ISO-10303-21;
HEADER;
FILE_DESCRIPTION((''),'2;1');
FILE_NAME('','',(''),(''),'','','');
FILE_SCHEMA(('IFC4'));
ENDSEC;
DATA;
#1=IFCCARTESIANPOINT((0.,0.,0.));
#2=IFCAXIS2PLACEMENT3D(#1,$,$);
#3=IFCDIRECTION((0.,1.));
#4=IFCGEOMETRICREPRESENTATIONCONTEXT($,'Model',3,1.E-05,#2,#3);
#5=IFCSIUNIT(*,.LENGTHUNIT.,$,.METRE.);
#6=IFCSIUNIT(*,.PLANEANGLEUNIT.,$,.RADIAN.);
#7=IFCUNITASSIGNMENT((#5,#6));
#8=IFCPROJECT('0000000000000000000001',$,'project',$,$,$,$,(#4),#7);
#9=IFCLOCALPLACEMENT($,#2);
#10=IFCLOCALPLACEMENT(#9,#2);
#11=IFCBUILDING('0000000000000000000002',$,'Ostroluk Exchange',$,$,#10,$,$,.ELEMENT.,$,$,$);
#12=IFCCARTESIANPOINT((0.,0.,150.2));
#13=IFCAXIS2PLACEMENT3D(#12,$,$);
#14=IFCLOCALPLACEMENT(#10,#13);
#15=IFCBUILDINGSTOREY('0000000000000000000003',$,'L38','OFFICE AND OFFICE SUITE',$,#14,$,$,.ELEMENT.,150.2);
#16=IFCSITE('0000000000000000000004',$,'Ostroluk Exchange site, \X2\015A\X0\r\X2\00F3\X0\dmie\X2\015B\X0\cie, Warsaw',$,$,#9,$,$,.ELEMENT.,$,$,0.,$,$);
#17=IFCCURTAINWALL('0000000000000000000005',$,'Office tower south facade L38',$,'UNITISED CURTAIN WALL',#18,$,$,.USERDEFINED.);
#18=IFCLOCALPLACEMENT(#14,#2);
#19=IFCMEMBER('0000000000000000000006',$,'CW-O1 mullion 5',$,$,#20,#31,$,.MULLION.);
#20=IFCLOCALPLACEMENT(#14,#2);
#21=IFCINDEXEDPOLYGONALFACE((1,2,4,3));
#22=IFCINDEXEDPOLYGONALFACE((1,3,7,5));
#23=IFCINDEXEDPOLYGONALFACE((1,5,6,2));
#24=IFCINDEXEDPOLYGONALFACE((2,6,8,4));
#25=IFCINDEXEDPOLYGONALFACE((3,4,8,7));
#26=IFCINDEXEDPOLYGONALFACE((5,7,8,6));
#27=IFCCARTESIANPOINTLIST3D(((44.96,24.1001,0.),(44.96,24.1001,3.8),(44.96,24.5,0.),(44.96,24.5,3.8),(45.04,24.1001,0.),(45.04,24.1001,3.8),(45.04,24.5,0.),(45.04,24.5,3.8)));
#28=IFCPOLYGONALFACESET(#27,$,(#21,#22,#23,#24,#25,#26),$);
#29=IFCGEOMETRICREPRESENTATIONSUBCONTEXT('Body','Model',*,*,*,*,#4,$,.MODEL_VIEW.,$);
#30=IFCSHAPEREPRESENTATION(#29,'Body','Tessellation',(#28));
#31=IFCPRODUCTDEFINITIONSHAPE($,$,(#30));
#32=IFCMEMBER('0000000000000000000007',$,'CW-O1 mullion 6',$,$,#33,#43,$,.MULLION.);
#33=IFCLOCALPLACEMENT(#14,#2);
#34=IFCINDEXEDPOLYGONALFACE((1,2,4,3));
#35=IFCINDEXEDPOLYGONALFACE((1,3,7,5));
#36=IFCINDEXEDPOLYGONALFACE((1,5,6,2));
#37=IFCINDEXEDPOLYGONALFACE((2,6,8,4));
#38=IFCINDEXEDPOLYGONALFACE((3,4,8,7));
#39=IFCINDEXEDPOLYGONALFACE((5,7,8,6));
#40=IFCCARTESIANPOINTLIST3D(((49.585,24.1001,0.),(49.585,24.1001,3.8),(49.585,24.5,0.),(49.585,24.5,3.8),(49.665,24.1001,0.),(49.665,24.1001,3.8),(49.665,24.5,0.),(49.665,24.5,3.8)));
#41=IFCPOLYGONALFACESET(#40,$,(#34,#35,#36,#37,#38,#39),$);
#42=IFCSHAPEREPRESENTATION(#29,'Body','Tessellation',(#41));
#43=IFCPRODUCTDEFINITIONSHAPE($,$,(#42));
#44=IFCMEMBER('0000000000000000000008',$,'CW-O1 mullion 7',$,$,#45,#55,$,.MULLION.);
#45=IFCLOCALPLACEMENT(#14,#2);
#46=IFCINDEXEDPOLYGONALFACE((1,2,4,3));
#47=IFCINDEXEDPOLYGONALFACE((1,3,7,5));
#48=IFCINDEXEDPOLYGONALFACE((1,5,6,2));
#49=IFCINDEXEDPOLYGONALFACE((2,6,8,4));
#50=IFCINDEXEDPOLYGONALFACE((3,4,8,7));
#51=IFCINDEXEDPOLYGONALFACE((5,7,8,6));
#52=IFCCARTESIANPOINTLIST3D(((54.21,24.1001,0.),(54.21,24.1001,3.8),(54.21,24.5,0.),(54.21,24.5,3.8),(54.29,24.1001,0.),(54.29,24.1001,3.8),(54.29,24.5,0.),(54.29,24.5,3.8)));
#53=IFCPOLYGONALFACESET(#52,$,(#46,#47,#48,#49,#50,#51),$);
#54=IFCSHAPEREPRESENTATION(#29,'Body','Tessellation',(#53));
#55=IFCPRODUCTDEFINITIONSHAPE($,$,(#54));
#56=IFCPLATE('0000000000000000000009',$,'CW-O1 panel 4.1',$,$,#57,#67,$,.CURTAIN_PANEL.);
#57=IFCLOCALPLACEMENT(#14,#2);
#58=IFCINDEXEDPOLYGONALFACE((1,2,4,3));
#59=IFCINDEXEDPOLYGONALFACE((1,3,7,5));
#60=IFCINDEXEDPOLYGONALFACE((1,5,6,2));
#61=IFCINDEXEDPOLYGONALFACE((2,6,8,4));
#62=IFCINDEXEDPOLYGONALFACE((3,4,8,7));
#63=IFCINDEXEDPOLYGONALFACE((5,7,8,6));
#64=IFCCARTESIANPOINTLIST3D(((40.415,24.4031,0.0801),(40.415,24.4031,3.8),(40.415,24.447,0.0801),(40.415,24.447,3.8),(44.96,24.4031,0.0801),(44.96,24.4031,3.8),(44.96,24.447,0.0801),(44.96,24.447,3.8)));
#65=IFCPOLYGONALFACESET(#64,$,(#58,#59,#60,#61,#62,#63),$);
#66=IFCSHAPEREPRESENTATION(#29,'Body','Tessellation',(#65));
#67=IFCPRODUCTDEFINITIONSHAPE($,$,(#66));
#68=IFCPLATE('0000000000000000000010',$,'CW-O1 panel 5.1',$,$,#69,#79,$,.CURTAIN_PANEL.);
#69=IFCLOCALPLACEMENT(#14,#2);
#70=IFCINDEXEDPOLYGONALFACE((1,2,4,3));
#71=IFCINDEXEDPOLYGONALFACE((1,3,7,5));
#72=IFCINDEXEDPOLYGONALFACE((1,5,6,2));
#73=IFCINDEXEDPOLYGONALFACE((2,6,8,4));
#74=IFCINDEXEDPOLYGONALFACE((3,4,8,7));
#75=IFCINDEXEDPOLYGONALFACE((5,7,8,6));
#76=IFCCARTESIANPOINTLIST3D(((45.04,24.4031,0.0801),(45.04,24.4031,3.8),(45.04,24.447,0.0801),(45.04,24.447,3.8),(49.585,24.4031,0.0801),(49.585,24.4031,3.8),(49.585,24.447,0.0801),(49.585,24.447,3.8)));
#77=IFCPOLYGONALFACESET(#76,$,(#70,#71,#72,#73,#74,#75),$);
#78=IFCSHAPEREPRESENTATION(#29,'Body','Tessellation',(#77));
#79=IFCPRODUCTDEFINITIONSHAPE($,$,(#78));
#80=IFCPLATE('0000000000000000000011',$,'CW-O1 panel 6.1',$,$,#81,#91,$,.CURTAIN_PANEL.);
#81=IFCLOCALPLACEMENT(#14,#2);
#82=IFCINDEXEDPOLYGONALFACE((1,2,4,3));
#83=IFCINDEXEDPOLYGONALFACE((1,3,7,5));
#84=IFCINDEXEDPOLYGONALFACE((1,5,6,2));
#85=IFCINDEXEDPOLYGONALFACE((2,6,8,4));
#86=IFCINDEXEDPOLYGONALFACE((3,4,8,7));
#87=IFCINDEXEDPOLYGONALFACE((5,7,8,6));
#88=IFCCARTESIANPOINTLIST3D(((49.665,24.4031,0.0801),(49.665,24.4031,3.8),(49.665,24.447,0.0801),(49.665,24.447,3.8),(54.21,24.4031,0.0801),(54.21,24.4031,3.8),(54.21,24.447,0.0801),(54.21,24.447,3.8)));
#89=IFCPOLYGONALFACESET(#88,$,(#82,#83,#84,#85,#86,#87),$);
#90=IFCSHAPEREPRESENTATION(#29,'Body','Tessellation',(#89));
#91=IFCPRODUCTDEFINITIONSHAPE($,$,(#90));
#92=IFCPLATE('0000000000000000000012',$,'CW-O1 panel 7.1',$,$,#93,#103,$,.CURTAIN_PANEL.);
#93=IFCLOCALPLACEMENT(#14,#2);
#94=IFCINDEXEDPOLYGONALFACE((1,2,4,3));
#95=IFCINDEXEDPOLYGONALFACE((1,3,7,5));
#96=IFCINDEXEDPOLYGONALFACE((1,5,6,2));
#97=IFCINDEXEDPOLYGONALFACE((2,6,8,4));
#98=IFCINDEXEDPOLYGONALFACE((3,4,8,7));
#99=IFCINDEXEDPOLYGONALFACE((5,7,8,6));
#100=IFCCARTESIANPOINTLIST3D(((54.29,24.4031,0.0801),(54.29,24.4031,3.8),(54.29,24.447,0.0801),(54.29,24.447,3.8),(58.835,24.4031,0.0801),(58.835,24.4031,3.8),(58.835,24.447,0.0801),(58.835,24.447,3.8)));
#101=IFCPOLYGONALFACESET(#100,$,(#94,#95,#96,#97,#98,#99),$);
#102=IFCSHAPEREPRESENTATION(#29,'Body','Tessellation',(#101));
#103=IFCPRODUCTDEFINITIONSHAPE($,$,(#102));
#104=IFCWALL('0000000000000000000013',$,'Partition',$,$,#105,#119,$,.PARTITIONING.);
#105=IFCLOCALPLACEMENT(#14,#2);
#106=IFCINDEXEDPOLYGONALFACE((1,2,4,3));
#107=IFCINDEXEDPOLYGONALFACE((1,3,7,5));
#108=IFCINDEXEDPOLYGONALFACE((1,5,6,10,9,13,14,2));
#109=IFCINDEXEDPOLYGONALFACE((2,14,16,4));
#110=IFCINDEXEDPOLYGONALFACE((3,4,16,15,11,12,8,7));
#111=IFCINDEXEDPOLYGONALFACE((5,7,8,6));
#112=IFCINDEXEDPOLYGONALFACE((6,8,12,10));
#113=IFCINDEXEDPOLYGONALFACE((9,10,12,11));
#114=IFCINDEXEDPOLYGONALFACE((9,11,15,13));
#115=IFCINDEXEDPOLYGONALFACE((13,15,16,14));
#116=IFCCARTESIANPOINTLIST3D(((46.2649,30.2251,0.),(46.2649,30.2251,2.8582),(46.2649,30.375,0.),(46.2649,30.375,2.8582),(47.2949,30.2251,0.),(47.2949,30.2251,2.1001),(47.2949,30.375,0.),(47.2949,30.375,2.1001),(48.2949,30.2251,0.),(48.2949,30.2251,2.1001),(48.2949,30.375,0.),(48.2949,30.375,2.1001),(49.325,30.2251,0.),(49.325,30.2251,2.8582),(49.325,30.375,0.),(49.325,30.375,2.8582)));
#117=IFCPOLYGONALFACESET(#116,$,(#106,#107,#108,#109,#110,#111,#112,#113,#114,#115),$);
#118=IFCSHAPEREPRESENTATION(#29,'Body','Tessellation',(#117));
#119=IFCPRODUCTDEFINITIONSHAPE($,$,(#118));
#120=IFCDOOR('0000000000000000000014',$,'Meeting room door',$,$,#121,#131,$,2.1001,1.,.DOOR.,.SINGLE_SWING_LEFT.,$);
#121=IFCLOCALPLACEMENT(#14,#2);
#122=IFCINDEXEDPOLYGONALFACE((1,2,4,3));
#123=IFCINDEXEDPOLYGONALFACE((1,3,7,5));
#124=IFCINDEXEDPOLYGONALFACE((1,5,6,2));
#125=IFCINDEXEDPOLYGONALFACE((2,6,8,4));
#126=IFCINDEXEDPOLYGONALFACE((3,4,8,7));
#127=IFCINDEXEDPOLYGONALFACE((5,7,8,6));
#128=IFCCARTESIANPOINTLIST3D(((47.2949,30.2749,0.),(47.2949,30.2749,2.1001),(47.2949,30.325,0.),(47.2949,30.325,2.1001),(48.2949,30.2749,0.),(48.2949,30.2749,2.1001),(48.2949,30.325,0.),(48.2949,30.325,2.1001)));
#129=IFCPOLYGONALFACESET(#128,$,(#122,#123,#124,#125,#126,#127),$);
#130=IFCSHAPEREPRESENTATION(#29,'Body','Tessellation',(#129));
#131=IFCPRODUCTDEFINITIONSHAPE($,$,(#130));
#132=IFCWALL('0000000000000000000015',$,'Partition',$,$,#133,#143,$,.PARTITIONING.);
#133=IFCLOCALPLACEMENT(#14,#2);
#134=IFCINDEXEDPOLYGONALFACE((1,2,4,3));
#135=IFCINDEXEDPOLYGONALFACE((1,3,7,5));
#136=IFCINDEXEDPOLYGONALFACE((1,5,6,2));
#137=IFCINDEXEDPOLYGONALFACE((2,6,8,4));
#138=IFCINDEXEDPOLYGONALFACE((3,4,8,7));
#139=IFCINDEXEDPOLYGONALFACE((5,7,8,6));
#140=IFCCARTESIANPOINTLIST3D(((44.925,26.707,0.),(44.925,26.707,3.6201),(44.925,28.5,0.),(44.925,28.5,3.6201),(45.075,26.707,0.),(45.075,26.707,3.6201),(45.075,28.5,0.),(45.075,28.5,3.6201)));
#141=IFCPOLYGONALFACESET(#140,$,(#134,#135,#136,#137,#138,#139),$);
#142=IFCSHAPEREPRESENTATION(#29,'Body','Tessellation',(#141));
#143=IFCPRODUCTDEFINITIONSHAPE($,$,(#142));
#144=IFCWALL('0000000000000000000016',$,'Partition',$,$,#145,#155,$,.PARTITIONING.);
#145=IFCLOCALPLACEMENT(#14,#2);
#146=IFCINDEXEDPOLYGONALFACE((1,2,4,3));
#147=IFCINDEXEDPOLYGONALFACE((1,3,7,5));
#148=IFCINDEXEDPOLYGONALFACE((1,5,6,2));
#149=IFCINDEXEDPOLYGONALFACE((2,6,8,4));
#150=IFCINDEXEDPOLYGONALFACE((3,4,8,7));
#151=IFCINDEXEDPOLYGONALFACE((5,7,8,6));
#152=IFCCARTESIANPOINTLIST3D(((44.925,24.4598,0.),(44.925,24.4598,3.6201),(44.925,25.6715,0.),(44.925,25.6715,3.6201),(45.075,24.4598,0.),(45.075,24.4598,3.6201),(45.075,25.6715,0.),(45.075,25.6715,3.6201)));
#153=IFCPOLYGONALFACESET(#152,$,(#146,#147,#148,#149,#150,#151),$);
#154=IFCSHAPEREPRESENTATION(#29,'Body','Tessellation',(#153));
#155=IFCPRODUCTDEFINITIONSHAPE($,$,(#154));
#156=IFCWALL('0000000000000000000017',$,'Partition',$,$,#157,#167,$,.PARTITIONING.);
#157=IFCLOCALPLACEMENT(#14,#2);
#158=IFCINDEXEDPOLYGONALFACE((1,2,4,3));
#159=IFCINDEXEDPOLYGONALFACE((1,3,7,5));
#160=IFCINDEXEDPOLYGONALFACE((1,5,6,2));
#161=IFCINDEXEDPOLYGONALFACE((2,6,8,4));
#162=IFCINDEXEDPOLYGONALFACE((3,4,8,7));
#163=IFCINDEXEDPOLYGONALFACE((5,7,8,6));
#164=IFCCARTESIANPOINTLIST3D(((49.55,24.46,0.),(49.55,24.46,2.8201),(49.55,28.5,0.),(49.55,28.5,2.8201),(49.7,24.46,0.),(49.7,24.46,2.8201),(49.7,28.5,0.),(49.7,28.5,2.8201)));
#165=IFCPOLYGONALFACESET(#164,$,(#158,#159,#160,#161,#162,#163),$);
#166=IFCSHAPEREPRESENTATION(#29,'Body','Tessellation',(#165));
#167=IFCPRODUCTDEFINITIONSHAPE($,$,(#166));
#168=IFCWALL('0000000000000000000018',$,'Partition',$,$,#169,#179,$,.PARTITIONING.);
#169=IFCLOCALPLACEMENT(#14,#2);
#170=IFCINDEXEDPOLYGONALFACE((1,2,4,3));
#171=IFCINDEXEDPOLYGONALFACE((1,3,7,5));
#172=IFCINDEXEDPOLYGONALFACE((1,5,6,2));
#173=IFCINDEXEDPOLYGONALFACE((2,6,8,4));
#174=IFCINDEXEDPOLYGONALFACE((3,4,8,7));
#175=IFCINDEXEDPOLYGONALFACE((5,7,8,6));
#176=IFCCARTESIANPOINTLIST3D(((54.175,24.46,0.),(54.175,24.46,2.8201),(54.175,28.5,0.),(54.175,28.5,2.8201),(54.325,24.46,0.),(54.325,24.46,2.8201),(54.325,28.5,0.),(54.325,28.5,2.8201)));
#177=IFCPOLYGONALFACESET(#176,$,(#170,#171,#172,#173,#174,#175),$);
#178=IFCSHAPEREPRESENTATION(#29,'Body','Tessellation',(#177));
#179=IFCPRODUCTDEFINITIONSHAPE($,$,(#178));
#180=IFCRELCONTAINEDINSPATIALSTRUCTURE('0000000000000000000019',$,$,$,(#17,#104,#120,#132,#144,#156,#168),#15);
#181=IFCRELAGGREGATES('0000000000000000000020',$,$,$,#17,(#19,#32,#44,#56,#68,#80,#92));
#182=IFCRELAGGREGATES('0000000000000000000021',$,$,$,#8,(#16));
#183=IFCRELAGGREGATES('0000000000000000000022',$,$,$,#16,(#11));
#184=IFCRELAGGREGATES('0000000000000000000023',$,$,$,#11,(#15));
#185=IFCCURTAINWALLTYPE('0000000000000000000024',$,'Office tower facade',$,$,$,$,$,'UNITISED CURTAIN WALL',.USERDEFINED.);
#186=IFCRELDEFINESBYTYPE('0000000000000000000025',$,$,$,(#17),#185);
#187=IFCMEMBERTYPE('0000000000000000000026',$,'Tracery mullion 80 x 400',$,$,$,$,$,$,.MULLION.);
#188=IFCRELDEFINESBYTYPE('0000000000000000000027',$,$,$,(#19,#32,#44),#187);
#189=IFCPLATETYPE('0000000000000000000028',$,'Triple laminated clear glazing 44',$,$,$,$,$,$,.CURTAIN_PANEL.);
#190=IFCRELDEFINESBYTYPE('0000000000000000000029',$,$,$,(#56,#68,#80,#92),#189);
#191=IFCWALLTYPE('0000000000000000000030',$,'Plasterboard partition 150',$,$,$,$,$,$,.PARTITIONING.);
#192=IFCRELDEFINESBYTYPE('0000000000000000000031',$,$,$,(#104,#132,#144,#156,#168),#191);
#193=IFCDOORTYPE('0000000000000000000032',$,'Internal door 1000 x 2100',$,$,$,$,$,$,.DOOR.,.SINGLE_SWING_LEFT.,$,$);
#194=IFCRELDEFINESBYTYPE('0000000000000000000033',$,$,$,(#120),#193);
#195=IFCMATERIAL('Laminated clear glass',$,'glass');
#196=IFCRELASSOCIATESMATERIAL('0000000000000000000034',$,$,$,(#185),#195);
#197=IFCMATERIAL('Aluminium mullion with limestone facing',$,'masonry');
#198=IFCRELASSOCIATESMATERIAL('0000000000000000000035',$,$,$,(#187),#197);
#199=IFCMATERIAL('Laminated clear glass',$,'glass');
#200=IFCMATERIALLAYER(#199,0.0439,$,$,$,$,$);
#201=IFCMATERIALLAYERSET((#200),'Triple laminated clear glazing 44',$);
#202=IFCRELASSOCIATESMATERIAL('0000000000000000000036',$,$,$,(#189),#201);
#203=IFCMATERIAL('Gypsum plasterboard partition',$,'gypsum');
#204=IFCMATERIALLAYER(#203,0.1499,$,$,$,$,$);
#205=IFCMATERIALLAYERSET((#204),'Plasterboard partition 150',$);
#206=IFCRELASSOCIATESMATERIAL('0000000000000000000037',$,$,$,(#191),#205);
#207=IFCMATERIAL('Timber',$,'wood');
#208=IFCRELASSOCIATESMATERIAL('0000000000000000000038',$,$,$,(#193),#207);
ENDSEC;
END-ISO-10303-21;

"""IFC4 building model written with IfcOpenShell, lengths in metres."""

from ifc_helpers import new_model, si_unit, direction, frame, frame_2d, origin, origin_2d, place, context, subcontext, project, spatial, rectangle, extrude, material, layer, layer_set, material_profile, profile_set, type_object, element, fill, aggregate, save


model = new_model("IFC4")

# Units and contexts
model_context = context("Model", 3, precision=1e-05, world=origin(), true_north=direction((0.0, 1.0)))
body_context = subcontext(model_context, "Body", "Model", "MODEL_VIEW")
ifc_project = project(units=[si_unit("LENGTHUNIT", "METRE"), si_unit("PLANEANGLEUNIT", "RADIAN")], contexts=[model_context])

# Site, building, storey
site_placement = place(None, origin())
site = spatial("IfcSite", under=ifc_project, at=site_placement, Name="Ostroluk Exchange site, Śródmieście, Warsaw", CompositionType="ELEMENT", RefElevation=0.0)
building_placement = place(site_placement, origin())
building = spatial("IfcBuilding", under=site, at=building_placement, Name="Ostroluk Exchange", CompositionType="ELEMENT")
storey_placement = place(building_placement, frame((0.0, 0.0, 150.2)))
storey = spatial("IfcBuildingStorey", under=building, at=storey_placement, Name="L38", Description="OFFICE AND OFFICE SUITE", CompositionType="ELEMENT", Elevation=150.2)

# Curtain wall, members, plates
ifc_material_1 = material(Name="Laminated clear glass", Category="glass")
curtain_wall_type = type_object("IfcCurtainWallType", Name="Office tower facade", ElementType="UNITISED CURTAIN WALL", PredefinedType="USERDEFINED", material=ifc_material_1)
curtain_wall_placement = place(storey_placement, origin())
curtain_wall = element("IfcCurtainWall", 1, at=curtain_wall_placement, inside=storey, type_object=curtain_wall_type, Name="Office tower south facade L38", ObjectType="UNITISED CURTAIN WALL", PredefinedType="USERDEFINED")
ifc_material_2 = material(Name="Aluminium mullion with limestone facing", Category="masonry")
ifc_material_profile_1 = material_profile(ifc_material_2, rectangle(XDim=0.3999, YDim=0.0801, at=origin_2d()), Name="Tracery mullion 80 x 400")
ifc_profile_set_1 = profile_set([ifc_material_profile_1], Name="Aluminium mullion with limestone facing")
member_type_1 = type_object("IfcMemberType", Name="Tracery mullion 80 x 400", PredefinedType="MULLION", material=ifc_profile_set_1)
member_1_placement = place(storey_placement, frame((45.0, 24.3, 0.0), z_axis=(0.0, 0.0, 1.0), x_axis=(0.0, 1.0, 0.0)))
member_1 = element("IfcMember", 2, at=member_1_placement, type_object=member_type_1, Name="CW-O1 mullion 5", PredefinedType="MULLION", context=body_context, shape_type="SweptSolid", body=[
    extrude(rectangle(XDim=0.3999, YDim=0.0801, at=origin_2d()), origin(), (0.0, 0.0, 1.0), 3.8),
])
member_2_placement = place(storey_placement, frame((49.625, 24.3, 0.0), z_axis=(0.0, 0.0, 1.0), x_axis=(0.0, 1.0, 0.0)))
member_2 = element("IfcMember", 3, at=member_2_placement, type_object=member_type_1, Name="CW-O1 mullion 6", PredefinedType="MULLION", context=body_context, shape_type="SweptSolid", body=[
    extrude(rectangle(XDim=0.3999, YDim=0.0801, at=origin_2d()), origin(), (0.0, 0.0, 1.0), 3.8),
])
member_3_placement = place(storey_placement, frame((54.25, 24.3, 0.0), z_axis=(0.0, 0.0, 1.0), x_axis=(0.0, 1.0, 0.0)))
member_3 = element("IfcMember", 4, at=member_3_placement, type_object=member_type_1, Name="CW-O1 mullion 7", PredefinedType="MULLION", context=body_context, shape_type="SweptSolid", body=[
    extrude(rectangle(XDim=0.3999, YDim=0.0801, at=origin_2d()), origin(), (0.0, 0.0, 1.0), 3.8),
])
ifc_material_3 = material(Name="Laminated clear glass", Category="glass")
ifc_layer_1 = layer(ifc_material_3, 0.0439)
ifc_layer_set_1 = layer_set([ifc_layer_1], Name="Triple laminated clear glazing 44")
plate_type = type_object("IfcPlateType", Name="Triple laminated clear glazing 44", PredefinedType="CURTAIN_PANEL", material=ifc_layer_set_1)
plate_1_placement = place(storey_placement, frame((42.6875, 24.425, 0.0801), z_axis=(0.0, 0.0, 1.0), x_axis=(1.0, 0.0, 0.0)))
plate_1 = element("IfcPlate", 5, at=plate_1_placement, type_object=plate_type, Name="CW-O1 panel 4.1", PredefinedType="CURTAIN_PANEL", context=body_context, shape_type="SweptSolid", body=[
    extrude(rectangle(XDim=4.5449, YDim=0.0439, at=origin_2d()), origin(), (0.0, 0.0, 1.0), 3.72),
])
plate_2_placement = place(storey_placement, frame((47.3125, 24.425, 0.0801), z_axis=(0.0, 0.0, 1.0), x_axis=(1.0, 0.0, 0.0)))
plate_2 = element("IfcPlate", 6, at=plate_2_placement, type_object=plate_type, Name="CW-O1 panel 5.1", PredefinedType="CURTAIN_PANEL", context=body_context, shape_type="SweptSolid", body=[
    extrude(rectangle(XDim=4.5449, YDim=0.0439, at=origin_2d()), origin(), (0.0, 0.0, 1.0), 3.72),
])
plate_3_placement = place(storey_placement, frame((51.9375, 24.425, 0.0801), z_axis=(0.0, 0.0, 1.0), x_axis=(1.0, 0.0, 0.0)))
plate_3 = element("IfcPlate", 7, at=plate_3_placement, type_object=plate_type, Name="CW-O1 panel 6.1", PredefinedType="CURTAIN_PANEL", context=body_context, shape_type="SweptSolid", body=[
    extrude(rectangle(XDim=4.5449, YDim=0.0439, at=origin_2d()), origin(), (0.0, 0.0, 1.0), 3.72),
])
plate_4_placement = place(storey_placement, frame((56.5625, 24.425, 0.0801), z_axis=(0.0, 0.0, 1.0), x_axis=(1.0, 0.0, 0.0)))
plate_4 = element("IfcPlate", 8, at=plate_4_placement, type_object=plate_type, Name="CW-O1 panel 7.1", PredefinedType="CURTAIN_PANEL", context=body_context, shape_type="SweptSolid", body=[
    extrude(rectangle(XDim=4.5449, YDim=0.0439, at=origin_2d()), origin(), (0.0, 0.0, 1.0), 3.72),
])
aggregate(curtain_wall, [member_1, member_2, member_3, plate_1, plate_2, plate_3, plate_4])

# Wall, opening, door
ifc_material_4 = material(Name="Gypsum plasterboard partition", Category="gypsum")
ifc_layer_2 = layer(ifc_material_4, 0.1499)
ifc_layer_set_2 = layer_set([ifc_layer_2], Name="Plasterboard partition 150")
wall_type = type_object("IfcWallType", Name="Plasterboard partition 150", PredefinedType="PARTITIONING", material=ifc_layer_set_2)
wall_1_placement = place(storey_placement, frame((46.2649, 30.3, 0.0), z_axis=(0.0, 0.0, 1.0), x_axis=(1.0, 0.0, 0.0)))
wall_1 = element("IfcWall", 9, at=wall_1_placement, inside=storey, type_object=wall_type, Name="Partition", PredefinedType="PARTITIONING", context=body_context, shape_type="SweptSolid", body=[
    extrude(rectangle(XDim=3.0601, YDim=0.1499, at=frame_2d((1.53, 0.0))), origin(), (0.0, 0.0, 1.0), 2.8582),
])
opening_placement = place(wall_1_placement, frame((1.03, 0.0, 0.0)))
opening = element("IfcOpeningElement", 10, at=opening_placement, cuts=wall_1, PredefinedType="OPENING", context=body_context, shape_type="SweptSolid", body=[
    extrude(rectangle(XDim=1.0, YDim=2.1001, at=frame_2d((0.5, 1.05))), frame((0.0, 0.085, 0.0), z_axis=(0.0, -1.0, 0.0), x_axis=(1.0, 0.0, 0.0)), (0.0, 0.0, 1.0), 0.1699),
])
ifc_material_5 = material(Name="Timber", Category="wood")
door_type = type_object("IfcDoorType", Name="Internal door 1000 x 2100", OperationType="SINGLE_SWING_LEFT", PredefinedType="DOOR", material=ifc_material_5)
door_placement = place(opening_placement, origin())
door = element("IfcDoor", 11, at=door_placement, inside=storey, type_object=door_type, Name="Meeting room door", OperationType="SINGLE_SWING_LEFT", OverallHeight=2.1001, OverallWidth=1.0, PredefinedType="DOOR", context=body_context, shape_type="SweptSolid", body=[
    extrude(rectangle(XDim=1.0, YDim=2.1001, at=frame_2d((0.5, 1.05))), frame((0.0, 0.0249, 0.0), z_axis=(0.0, -1.0, 0.0), x_axis=(1.0, 0.0, 0.0)), (0.0, 0.0, 1.0), 0.05),
])
fill(opening, door)

# Walls
wall_2_placement = place(storey_placement, frame((45.0, 28.5, 0.0), z_axis=(0.0, 0.0, 1.0), x_axis=(0.0, -1.0, 0.0)))
element("IfcWall", 12, at=wall_2_placement, inside=storey, type_object=wall_type, Name="Partition", PredefinedType="PARTITIONING", context=body_context, shape_type="SweptSolid", body=[
    extrude(rectangle(XDim=1.793, YDim=0.1499, at=frame_2d((0.8965, 0.0))), origin(), (0.0, 0.0, 1.0), 3.6201),
])
wall_3_placement = place(storey_placement, frame((45.0, 25.6716, 0.0), z_axis=(0.0, 0.0, 1.0), x_axis=(0.0, -1.0, 0.0)))
element("IfcWall", 13, at=wall_3_placement, inside=storey, type_object=wall_type, Name="Partition", PredefinedType="PARTITIONING", context=body_context, shape_type="SweptSolid", body=[
    extrude(rectangle(XDim=1.2117, YDim=0.1499, at=frame_2d((0.606, 0.0))), origin(), (0.0, 0.0, 1.0), 3.6201),
])
for number, where, z_axis, x_axis, name in (
    (14, (49.625, 28.5, 0.0), (0.0, 0.0, 1.0), (0.0, -1.0, 0.0), "Partition"),
    (15, (54.25, 28.5, 0.0), (0.0, 0.0, 1.0), (0.0, -1.0, 0.0), "Partition"),
):
    element("IfcWall", number, at=place(storey_placement, frame(where, z_axis=z_axis, x_axis=x_axis)), inside=storey, type_object=wall_type, Name=name, PredefinedType="PARTITIONING", context=body_context, shape_type="SweptSolid", body=[
        extrude(rectangle(XDim=4.04, YDim=0.1499, at=frame_2d((2.02, 0.0))), origin(), (0.0, 0.0, 1.0), 2.8201),
    ])

save(model, "model.ifc")
